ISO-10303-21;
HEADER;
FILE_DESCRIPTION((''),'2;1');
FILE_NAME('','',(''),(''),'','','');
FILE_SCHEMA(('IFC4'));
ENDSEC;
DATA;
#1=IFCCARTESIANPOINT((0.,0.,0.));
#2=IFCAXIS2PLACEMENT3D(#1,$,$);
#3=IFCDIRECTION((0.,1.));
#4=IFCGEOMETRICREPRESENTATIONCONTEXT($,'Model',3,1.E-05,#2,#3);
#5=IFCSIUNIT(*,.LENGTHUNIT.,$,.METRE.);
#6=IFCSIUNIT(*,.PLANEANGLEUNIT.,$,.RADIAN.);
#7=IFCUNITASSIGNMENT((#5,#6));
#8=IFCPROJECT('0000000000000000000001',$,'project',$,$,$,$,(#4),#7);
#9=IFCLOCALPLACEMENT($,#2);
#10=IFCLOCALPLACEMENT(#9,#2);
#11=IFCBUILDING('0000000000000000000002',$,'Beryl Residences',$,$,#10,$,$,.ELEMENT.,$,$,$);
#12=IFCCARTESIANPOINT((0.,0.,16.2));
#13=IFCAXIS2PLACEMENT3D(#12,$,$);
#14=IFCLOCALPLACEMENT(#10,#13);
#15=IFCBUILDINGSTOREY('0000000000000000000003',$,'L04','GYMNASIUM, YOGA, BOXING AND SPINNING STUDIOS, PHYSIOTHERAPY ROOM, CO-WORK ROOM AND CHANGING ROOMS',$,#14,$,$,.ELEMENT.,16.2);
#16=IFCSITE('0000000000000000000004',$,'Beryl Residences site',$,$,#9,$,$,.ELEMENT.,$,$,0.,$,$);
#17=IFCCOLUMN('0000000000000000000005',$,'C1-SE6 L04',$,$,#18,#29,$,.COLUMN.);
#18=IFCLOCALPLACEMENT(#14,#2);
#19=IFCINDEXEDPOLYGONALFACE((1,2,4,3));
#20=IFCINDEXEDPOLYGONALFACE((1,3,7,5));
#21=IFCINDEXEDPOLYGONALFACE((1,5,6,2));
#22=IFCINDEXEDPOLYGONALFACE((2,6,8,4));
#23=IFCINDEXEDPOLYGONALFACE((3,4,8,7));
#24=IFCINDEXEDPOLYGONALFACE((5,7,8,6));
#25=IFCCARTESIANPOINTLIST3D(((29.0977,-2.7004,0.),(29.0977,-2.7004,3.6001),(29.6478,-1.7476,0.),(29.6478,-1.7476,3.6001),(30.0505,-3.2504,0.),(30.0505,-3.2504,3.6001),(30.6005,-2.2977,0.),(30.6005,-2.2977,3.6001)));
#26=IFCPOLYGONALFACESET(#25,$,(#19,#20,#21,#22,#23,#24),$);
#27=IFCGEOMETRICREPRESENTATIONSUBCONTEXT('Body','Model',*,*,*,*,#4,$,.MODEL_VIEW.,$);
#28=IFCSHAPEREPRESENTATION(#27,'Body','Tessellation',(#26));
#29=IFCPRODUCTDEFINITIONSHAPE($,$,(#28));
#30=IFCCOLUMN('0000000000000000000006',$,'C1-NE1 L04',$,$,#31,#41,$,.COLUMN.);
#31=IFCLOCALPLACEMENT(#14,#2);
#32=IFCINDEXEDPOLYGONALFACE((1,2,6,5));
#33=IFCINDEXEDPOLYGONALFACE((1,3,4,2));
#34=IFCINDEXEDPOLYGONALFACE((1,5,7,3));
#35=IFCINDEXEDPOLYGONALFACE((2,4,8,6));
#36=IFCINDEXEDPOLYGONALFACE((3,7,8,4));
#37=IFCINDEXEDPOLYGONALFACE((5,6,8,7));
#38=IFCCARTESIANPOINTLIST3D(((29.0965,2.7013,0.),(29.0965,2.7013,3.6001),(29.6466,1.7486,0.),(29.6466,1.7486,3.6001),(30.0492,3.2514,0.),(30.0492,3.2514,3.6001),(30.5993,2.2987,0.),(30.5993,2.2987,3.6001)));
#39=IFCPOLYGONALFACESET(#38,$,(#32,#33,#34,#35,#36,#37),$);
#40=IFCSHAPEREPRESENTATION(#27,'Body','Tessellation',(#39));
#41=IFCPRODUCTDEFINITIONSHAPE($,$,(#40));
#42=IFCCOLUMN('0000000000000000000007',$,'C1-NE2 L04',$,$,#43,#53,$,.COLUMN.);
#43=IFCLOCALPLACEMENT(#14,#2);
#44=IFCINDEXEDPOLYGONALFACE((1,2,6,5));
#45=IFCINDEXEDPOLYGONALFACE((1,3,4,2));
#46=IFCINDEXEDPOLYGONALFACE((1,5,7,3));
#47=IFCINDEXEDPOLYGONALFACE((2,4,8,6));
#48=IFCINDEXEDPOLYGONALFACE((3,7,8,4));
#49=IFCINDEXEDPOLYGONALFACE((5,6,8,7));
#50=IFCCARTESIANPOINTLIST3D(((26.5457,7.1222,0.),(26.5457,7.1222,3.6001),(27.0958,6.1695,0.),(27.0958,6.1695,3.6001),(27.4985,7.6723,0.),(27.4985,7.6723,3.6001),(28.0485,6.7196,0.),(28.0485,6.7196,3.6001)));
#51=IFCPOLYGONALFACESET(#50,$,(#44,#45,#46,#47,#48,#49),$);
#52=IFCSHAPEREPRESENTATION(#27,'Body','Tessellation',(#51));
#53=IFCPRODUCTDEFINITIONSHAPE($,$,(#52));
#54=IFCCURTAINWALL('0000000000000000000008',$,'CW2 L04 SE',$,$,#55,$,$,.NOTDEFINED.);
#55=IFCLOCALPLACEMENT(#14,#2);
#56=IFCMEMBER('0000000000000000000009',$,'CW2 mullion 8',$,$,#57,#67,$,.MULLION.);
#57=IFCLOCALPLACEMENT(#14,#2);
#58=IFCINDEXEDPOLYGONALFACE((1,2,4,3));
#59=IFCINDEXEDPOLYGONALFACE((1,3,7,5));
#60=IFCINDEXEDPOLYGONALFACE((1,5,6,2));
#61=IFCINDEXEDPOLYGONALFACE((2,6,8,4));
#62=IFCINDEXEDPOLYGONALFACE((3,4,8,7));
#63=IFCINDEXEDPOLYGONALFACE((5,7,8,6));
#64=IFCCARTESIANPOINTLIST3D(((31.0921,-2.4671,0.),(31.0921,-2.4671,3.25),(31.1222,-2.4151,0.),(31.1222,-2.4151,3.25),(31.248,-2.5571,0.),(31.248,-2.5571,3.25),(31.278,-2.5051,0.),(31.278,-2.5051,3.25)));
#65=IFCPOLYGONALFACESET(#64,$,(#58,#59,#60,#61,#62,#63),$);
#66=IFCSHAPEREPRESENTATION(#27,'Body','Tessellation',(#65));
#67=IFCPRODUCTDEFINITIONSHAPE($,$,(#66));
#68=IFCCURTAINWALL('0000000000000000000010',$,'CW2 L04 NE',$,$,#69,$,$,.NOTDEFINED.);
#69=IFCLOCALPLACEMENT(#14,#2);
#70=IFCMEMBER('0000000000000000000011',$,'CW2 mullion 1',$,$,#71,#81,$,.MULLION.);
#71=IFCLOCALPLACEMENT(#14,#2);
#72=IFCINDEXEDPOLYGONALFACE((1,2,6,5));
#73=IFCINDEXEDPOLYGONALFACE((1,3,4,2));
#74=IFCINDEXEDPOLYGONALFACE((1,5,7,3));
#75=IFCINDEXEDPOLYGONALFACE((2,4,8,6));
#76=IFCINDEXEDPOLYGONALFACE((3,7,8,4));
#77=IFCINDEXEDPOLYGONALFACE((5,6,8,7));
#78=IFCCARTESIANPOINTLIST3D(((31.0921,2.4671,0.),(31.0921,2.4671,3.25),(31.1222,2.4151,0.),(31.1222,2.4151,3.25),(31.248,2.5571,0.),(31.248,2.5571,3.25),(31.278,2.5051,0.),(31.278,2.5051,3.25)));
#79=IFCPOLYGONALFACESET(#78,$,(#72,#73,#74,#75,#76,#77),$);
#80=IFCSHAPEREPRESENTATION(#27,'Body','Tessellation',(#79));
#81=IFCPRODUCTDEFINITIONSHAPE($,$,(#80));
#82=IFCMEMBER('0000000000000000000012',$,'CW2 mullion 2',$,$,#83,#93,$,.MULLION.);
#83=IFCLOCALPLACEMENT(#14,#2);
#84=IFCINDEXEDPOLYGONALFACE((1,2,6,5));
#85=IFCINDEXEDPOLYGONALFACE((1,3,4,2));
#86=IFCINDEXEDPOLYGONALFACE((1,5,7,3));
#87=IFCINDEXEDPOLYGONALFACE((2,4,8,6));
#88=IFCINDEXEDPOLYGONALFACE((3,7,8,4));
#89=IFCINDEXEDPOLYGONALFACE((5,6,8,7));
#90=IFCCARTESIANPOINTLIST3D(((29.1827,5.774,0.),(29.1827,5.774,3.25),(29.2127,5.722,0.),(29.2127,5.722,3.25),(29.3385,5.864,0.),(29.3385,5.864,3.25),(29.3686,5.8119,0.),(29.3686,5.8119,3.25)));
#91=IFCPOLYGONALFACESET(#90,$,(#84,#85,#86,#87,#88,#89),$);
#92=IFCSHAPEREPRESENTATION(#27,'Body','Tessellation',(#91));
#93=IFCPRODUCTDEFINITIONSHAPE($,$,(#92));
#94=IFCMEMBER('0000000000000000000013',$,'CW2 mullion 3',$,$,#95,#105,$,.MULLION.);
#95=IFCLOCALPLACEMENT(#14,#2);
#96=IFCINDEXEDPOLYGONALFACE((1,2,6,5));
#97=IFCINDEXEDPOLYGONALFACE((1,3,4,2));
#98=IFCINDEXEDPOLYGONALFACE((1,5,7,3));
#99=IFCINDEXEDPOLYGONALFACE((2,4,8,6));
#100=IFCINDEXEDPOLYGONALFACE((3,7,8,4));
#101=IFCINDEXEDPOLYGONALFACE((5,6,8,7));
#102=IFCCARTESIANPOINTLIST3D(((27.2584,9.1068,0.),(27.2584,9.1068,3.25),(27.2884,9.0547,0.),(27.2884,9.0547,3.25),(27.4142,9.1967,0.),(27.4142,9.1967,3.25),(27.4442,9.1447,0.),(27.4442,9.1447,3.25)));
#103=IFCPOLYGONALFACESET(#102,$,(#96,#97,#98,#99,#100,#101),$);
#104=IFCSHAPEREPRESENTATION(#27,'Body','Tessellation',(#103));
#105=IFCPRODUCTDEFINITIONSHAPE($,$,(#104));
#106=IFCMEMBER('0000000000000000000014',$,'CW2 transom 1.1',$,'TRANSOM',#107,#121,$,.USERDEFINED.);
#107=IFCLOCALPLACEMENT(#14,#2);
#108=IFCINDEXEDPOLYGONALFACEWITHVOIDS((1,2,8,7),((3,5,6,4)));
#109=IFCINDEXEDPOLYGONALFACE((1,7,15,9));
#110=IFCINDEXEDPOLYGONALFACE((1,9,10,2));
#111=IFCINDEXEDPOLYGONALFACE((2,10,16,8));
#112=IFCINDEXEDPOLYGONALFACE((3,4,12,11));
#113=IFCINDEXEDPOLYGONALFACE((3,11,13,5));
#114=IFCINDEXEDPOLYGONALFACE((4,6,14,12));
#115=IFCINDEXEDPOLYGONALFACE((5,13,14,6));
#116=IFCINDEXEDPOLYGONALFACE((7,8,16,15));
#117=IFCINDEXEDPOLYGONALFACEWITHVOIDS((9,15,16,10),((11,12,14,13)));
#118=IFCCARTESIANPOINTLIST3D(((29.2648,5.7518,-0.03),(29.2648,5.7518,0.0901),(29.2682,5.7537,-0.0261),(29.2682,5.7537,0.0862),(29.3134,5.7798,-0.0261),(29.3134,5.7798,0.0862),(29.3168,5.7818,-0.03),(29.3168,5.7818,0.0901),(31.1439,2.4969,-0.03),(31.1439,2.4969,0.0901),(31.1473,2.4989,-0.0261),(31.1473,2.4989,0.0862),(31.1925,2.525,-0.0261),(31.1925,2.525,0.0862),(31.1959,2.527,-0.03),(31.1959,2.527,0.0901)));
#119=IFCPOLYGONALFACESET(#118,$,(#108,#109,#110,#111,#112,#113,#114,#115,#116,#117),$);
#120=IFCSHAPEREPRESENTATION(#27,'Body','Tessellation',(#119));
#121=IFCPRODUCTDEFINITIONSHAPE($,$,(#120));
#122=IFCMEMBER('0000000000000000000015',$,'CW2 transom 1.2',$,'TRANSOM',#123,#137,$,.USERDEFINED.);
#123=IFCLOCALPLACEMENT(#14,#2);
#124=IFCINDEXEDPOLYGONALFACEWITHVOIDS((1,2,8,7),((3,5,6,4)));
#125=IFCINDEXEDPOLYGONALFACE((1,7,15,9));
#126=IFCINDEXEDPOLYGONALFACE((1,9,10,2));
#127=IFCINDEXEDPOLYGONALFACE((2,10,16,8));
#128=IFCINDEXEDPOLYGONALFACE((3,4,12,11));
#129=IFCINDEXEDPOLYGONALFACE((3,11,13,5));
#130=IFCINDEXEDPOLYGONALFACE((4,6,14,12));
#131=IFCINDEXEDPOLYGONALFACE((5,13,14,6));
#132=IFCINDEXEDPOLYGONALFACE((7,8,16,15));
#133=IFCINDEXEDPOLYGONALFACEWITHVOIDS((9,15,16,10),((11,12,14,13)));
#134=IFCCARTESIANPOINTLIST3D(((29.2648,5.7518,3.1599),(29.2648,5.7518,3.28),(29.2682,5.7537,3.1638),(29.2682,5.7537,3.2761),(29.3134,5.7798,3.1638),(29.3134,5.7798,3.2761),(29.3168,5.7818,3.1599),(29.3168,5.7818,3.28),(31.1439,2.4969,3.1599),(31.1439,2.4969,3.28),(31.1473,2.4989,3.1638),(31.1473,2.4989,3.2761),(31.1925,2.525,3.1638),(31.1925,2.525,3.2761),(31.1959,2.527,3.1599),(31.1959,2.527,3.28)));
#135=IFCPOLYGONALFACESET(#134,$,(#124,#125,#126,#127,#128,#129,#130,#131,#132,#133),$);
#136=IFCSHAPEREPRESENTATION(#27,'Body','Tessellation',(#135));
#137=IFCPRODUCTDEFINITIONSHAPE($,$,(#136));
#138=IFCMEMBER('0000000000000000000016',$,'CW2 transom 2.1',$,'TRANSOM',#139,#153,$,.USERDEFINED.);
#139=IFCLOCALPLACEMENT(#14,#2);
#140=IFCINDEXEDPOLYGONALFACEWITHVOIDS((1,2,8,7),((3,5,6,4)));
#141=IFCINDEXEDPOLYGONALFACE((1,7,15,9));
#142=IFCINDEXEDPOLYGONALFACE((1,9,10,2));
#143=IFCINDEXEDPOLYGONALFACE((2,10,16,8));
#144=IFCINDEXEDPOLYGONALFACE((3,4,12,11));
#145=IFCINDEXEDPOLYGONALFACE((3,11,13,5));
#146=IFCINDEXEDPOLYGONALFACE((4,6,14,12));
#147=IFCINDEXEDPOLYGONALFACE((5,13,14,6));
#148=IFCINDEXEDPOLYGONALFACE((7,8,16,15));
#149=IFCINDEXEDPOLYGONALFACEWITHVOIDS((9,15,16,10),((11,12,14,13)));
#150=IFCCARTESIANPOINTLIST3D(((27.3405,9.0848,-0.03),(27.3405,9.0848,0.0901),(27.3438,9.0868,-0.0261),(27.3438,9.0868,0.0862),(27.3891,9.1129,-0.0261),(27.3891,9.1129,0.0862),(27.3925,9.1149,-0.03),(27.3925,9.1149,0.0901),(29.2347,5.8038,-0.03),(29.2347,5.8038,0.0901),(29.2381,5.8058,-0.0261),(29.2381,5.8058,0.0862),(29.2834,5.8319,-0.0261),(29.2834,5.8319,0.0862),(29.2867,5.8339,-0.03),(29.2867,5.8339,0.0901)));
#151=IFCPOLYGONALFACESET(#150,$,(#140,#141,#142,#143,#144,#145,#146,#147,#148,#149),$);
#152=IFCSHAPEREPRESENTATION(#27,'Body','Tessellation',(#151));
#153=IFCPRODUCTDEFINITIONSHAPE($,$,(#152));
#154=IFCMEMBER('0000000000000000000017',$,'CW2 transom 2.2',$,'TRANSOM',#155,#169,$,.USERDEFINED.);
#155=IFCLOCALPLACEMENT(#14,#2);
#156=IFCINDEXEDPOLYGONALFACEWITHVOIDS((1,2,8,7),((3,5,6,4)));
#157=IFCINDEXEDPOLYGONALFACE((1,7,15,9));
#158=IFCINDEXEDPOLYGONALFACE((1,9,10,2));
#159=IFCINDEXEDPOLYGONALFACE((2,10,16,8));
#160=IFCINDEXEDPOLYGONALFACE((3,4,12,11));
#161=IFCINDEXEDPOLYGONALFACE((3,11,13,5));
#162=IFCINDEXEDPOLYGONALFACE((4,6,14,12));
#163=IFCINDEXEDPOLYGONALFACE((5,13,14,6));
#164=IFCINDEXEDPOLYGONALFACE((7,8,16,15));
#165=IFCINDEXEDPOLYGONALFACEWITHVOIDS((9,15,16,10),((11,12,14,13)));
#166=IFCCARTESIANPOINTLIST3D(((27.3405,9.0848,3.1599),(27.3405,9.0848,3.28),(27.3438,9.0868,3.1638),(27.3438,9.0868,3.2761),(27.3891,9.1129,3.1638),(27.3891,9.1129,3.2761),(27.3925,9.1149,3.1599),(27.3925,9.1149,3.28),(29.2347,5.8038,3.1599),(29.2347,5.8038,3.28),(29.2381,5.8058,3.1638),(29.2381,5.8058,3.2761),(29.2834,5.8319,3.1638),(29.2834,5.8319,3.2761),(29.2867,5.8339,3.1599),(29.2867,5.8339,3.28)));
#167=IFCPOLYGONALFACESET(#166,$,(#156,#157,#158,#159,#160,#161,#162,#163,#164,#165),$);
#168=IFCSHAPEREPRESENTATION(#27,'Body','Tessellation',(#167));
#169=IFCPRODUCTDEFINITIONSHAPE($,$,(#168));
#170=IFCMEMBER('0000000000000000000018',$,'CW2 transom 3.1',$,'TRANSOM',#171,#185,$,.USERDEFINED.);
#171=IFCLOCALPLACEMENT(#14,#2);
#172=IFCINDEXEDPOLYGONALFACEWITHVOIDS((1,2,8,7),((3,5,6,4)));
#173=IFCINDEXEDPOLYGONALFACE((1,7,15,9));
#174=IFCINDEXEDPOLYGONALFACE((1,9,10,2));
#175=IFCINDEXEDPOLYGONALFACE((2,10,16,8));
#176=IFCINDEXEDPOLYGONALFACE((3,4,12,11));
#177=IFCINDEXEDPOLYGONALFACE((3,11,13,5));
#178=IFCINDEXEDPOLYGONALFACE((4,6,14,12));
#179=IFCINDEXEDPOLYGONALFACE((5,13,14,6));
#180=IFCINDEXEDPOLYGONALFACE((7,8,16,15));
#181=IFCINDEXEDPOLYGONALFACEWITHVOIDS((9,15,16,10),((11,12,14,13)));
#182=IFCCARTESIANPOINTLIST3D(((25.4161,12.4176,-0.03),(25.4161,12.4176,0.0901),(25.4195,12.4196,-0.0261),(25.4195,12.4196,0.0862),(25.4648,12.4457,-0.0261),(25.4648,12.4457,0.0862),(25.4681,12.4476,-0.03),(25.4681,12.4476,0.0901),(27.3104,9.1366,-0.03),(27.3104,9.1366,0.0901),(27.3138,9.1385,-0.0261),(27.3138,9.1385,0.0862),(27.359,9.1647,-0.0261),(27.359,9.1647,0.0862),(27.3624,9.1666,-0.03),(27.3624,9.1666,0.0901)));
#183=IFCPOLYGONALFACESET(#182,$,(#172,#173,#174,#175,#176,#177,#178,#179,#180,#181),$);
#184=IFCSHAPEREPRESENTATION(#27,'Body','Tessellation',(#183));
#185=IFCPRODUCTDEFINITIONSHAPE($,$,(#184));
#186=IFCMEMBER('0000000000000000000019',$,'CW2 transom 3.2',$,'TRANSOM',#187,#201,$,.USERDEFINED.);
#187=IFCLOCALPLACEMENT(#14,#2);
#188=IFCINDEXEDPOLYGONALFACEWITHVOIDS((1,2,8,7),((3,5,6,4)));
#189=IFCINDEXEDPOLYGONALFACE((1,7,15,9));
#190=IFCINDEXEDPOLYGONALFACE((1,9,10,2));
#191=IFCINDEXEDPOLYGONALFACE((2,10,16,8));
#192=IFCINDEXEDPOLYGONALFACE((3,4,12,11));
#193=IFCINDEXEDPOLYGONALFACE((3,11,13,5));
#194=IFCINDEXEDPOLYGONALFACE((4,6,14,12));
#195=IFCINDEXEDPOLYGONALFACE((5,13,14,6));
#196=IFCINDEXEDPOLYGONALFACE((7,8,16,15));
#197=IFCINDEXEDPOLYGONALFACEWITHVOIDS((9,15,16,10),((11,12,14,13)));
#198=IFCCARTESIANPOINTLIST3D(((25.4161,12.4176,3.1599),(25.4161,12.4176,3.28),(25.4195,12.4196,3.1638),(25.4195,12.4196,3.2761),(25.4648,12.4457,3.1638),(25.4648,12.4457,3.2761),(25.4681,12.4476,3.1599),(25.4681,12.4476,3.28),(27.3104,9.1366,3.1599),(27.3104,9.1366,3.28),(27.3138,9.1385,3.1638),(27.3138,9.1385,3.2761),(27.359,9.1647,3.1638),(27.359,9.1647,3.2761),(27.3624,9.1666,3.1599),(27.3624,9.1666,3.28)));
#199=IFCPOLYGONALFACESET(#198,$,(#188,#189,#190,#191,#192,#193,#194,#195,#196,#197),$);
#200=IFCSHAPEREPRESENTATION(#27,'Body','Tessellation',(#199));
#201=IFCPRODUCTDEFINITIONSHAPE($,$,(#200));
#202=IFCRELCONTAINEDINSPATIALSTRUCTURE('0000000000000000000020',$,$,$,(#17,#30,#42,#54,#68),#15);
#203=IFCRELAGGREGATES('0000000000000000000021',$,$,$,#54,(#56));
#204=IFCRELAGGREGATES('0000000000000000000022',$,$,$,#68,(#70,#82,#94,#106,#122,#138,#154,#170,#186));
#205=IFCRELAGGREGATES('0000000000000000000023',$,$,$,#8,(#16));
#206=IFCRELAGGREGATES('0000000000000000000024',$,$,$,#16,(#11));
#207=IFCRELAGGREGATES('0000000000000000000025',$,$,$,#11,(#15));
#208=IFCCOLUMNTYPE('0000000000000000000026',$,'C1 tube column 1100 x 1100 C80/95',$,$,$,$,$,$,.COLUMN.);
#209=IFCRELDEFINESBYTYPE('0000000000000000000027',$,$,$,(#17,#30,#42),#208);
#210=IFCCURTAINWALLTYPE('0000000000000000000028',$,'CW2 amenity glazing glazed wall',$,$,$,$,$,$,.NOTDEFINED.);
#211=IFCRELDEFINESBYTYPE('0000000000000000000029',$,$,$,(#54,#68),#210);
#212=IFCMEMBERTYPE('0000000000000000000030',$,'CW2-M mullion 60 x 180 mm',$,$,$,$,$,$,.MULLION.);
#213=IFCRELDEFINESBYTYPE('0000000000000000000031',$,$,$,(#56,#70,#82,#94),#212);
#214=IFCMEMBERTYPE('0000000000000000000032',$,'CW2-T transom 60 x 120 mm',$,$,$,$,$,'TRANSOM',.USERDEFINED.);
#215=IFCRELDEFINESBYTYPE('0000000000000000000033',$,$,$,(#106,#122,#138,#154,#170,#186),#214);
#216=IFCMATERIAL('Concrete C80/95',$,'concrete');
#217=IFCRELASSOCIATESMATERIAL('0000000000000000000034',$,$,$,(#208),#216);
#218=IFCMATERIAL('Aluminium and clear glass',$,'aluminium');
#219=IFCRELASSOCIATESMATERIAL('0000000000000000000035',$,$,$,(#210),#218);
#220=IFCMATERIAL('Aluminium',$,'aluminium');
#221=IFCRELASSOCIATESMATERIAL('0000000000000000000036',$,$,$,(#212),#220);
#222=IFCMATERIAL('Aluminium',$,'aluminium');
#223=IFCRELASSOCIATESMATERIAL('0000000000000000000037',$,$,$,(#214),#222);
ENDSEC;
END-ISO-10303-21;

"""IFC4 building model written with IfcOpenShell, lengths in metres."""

from ifc_helpers import new_model, si_unit, direction, frame, origin, origin_2d, place, context, subcontext, project, spatial, rectangle, hollow_rectangle, extrude, material, material_profile, profile_set, type_object, element, aggregate, save


model = new_model("IFC4")

# Units and contexts
model_context = context("Model", 3, precision=1e-05, world=origin(), true_north=direction((0.0, 1.0)))
body_context = subcontext(model_context, "Body", "Model", "MODEL_VIEW")
ifc_project = project(units=[si_unit("LENGTHUNIT", "METRE"), si_unit("PLANEANGLEUNIT", "RADIAN")], contexts=[model_context])

# Site, building, storey
site_placement = place(None, origin())
site = spatial("IfcSite", under=ifc_project, at=site_placement, Name="Beryl Residences site", CompositionType="ELEMENT", RefElevation=0.0)
building_placement = place(site_placement, origin())
building = spatial("IfcBuilding", under=site, at=building_placement, Name="Beryl Residences", CompositionType="ELEMENT")
storey_placement = place(building_placement, frame((0.0, 0.0, 16.2)))
storey = spatial("IfcBuildingStorey", under=building, at=storey_placement, Name="L04", Description="GYMNASIUM, YOGA, BOXING AND SPINNING STUDIOS, PHYSIOTHERAPY ROOM, CO-WORK ROOM AND CHANGING ROOMS", CompositionType="ELEMENT", Elevation=16.2)

# Columns
ifc_material_1 = material(Name="Concrete C80/95", Category="concrete")
ifc_material_profile_1 = material_profile(ifc_material_1, rectangle(XDim=1.1001, YDim=1.1001, at=origin_2d()))
ifc_profile_set_1 = profile_set([ifc_material_profile_1], Name="Concrete C80/95")
column_type = type_object("IfcColumnType", Name="C1 tube column 1100 x 1100 C80/95", PredefinedType="COLUMN", material=ifc_profile_set_1)
for number, where, z_axis, x_axis, name in (
    (1, (29.8491, -2.499, 0.0), (0.0, 0.0, 1.0), (0.499985, 0.866034, 0.0), "C1-SE6 L04"),
    (2, (29.8479, 2.5, 0.0), (0.0, 0.0, 1.0), (-0.499985, 0.866034, 0.0), "C1-NE1 L04"),
    (3, (27.2971, 6.9209, 0.0), (0.0, 0.0, 1.0), (-0.499985, 0.866034, 0.0), "C1-NE2 L04"),
):
    element("IfcColumn", number, at=place(storey_placement, frame(where, z_axis=z_axis, x_axis=x_axis)), inside=storey, type_object=column_type, Name=name, PredefinedType="COLUMN", context=body_context, shape_type="SweptSolid", body=[
        extrude(rectangle(XDim=1.1001, YDim=1.1001, at=origin_2d()), origin(), (0.0, 0.0, 1.0), 3.6001),
    ])

# Curtain wall, member
ifc_material_2 = material(Name="Aluminium and clear glass", Category="aluminium")
curtain_wall_type = type_object("IfcCurtainWallType", Name="CW2 amenity glazing glazed wall", PredefinedType="NOTDEFINED", material=ifc_material_2)
curtain_wall_1_placement = place(storey_placement, origin())
curtain_wall_1 = element("IfcCurtainWall", 4, at=curtain_wall_1_placement, inside=storey, type_object=curtain_wall_type, Name="CW2 L04 SE", PredefinedType="NOTDEFINED")
ifc_material_3 = material(Name="Aluminium", Category="aluminium")
ifc_material_profile_2 = material_profile(ifc_material_3, rectangle(XDim=0.0601, YDim=0.1799, at=origin_2d()))
ifc_profile_set_2 = profile_set([ifc_material_profile_2], Name="Aluminium")
member_type_1 = type_object("IfcMemberType", Name="CW2-M mullion 60 x 180 mm", PredefinedType="MULLION", material=ifc_profile_set_2)
member_1_placement = place(storey_placement, frame((31.1851, -2.4861, 0.0), z_axis=(0.0, 0.0, 1.0), x_axis=(0.500012, 0.866019, 0.0)))
member_1 = element("IfcMember", 5, at=member_1_placement, type_object=member_type_1, Name="CW2 mullion 8", PredefinedType="MULLION", context=body_context, shape_type="SweptSolid", body=[
    extrude(rectangle(XDim=0.0601, YDim=0.1799, at=origin_2d()), origin(), (0.0, 0.0, 1.0), 3.25),
])
aggregate(curtain_wall_1, [member_1])

# Curtain wall, members
curtain_wall_2_placement = place(storey_placement, origin())
curtain_wall_2 = element("IfcCurtainWall", 6, at=curtain_wall_2_placement, inside=storey, type_object=curtain_wall_type, Name="CW2 L04 NE", PredefinedType="NOTDEFINED")
member_2_placement = place(storey_placement, frame((31.1851, 2.4861, 0.0), z_axis=(0.0, 0.0, 1.0), x_axis=(-0.500012, 0.866019, 0.0)))
member_2 = element("IfcMember", 7, at=member_2_placement, type_object=member_type_1, Name="CW2 mullion 1", PredefinedType="MULLION", context=body_context, shape_type="SweptSolid", body=[
    extrude(rectangle(XDim=0.0601, YDim=0.1799, at=origin_2d()), origin(), (0.0, 0.0, 1.0), 3.25),
])
member_3_placement = place(storey_placement, frame((29.2756, 5.793, 0.0), z_axis=(0.0, 0.0, 1.0), x_axis=(-0.500012, 0.866019, 0.0)))
member_3 = element("IfcMember", 8, at=member_3_placement, type_object=member_type_1, Name="CW2 mullion 2", PredefinedType="MULLION", context=body_context, shape_type="SweptSolid", body=[
    extrude(rectangle(XDim=0.0601, YDim=0.1799, at=origin_2d()), origin(), (0.0, 0.0, 1.0), 3.25),
])
member_4_placement = place(storey_placement, frame((27.3513, 9.1257, 0.0), z_axis=(0.0, 0.0, 1.0), x_axis=(-0.500012, 0.866019, 0.0)))
member_4 = element("IfcMember", 9, at=member_4_placement, type_object=member_type_1, Name="CW2 mullion 3", PredefinedType="MULLION", context=body_context, shape_type="SweptSolid", body=[
    extrude(rectangle(XDim=0.0601, YDim=0.1799, at=origin_2d()), origin(), (0.0, 0.0, 1.0), 3.25),
])
ifc_material_4 = material(Name="Aluminium", Category="aluminium")
ifc_material_profile_3 = material_profile(ifc_material_4, hollow_rectangle(XDim=0.0601, YDim=0.1201, WallThickness=0.0039, at=origin_2d()))
ifc_profile_set_3 = profile_set([ifc_material_profile_3], Name="Aluminium")
member_type_2 = type_object("IfcMemberType", Name="CW2-T transom 60 x 120 mm", ElementType="TRANSOM", PredefinedType="USERDEFINED", material=ifc_profile_set_3)
member_5_placement = place(storey_placement, frame((31.1699, 2.512, 0.03), z_axis=(-0.499989, 0.866032, 0.0), x_axis=(-0.866032, -0.499989, 0.0)))
member_5 = element("IfcMember", 10, at=member_5_placement, type_object=member_type_2, Name="CW2 transom 1.1", ObjectType="TRANSOM", PredefinedType="USERDEFINED", context=body_context, shape_type="SweptSolid", body=[
    extrude(hollow_rectangle(XDim=0.0601, YDim=0.1201, WallThickness=0.0039, at=origin_2d()), origin(), (0.0, 0.0, 1.0), 3.7583),
])
member_6_placement = place(storey_placement, frame((31.1699, 2.512, 3.22), z_axis=(-0.499989, 0.866032, 0.0), x_axis=(-0.866032, -0.499989, 0.0)))
member_6 = element("IfcMember", 11, at=member_6_placement, type_object=member_type_2, Name="CW2 transom 1.2", ObjectType="TRANSOM", PredefinedType="USERDEFINED", context=body_context, shape_type="SweptSolid", body=[
    extrude(hollow_rectangle(XDim=0.0601, YDim=0.1201, WallThickness=0.0039, at=origin_2d()), origin(), (0.0, 0.0, 1.0), 3.7583),
])
member_7_placement = place(storey_placement, frame((29.2607, 5.8188, 0.03), z_axis=(-0.5, 0.866026, 0.0), x_axis=(-0.866026, -0.5, 0.0)))
member_7 = element("IfcMember", 12, at=member_7_placement, type_object=member_type_2, Name="CW2 transom 2.1", ObjectType="TRANSOM", PredefinedType="USERDEFINED", context=body_context, shape_type="SweptSolid", body=[
    extrude(hollow_rectangle(XDim=0.0601, YDim=0.1201, WallThickness=0.0039, at=origin_2d()), origin(), (0.0, 0.0, 1.0), 3.7886),
])
member_8_placement = place(storey_placement, frame((29.2607, 5.8188, 3.22), z_axis=(-0.5, 0.866026, 0.0), x_axis=(-0.866026, -0.5, 0.0)))
member_8 = element("IfcMember", 13, at=member_8_placement, type_object=member_type_2, Name="CW2 transom 2.2", ObjectType="TRANSOM", PredefinedType="USERDEFINED", context=body_context, shape_type="SweptSolid", body=[
    extrude(hollow_rectangle(XDim=0.0601, YDim=0.1201, WallThickness=0.0039, at=origin_2d()), origin(), (0.0, 0.0, 1.0), 3.7886),
])
member_9_placement = place(storey_placement, frame((27.3364, 9.1516, 0.03), z_axis=(-0.5, 0.866026, 0.0), x_axis=(-0.866026, -0.5, 0.0)))
member_9 = element("IfcMember", 14, at=member_9_placement, type_object=member_type_2, Name="CW2 transom 3.1", ObjectType="TRANSOM", PredefinedType="USERDEFINED", context=body_context, shape_type="SweptSolid", body=[
    extrude(hollow_rectangle(XDim=0.0601, YDim=0.1201, WallThickness=0.0039, at=origin_2d()), origin(), (0.0, 0.0, 1.0), 3.7886),
])
member_10_placement = place(storey_placement, frame((27.3364, 9.1516, 3.22), z_axis=(-0.5, 0.866026, 0.0), x_axis=(-0.866026, -0.5, 0.0)))
member_10 = element("IfcMember", 15, at=member_10_placement, type_object=member_type_2, Name="CW2 transom 3.2", ObjectType="TRANSOM", PredefinedType="USERDEFINED", context=body_context, shape_type="SweptSolid", body=[
    extrude(hollow_rectangle(XDim=0.0601, YDim=0.1201, WallThickness=0.0039, at=origin_2d()), origin(), (0.0, 0.0, 1.0), 3.7886),
])

aggregate(curtain_wall_2, [member_2, member_3, member_4, member_5, member_6, member_7, member_8, member_9, member_10])

save(model, "model.ifc")
